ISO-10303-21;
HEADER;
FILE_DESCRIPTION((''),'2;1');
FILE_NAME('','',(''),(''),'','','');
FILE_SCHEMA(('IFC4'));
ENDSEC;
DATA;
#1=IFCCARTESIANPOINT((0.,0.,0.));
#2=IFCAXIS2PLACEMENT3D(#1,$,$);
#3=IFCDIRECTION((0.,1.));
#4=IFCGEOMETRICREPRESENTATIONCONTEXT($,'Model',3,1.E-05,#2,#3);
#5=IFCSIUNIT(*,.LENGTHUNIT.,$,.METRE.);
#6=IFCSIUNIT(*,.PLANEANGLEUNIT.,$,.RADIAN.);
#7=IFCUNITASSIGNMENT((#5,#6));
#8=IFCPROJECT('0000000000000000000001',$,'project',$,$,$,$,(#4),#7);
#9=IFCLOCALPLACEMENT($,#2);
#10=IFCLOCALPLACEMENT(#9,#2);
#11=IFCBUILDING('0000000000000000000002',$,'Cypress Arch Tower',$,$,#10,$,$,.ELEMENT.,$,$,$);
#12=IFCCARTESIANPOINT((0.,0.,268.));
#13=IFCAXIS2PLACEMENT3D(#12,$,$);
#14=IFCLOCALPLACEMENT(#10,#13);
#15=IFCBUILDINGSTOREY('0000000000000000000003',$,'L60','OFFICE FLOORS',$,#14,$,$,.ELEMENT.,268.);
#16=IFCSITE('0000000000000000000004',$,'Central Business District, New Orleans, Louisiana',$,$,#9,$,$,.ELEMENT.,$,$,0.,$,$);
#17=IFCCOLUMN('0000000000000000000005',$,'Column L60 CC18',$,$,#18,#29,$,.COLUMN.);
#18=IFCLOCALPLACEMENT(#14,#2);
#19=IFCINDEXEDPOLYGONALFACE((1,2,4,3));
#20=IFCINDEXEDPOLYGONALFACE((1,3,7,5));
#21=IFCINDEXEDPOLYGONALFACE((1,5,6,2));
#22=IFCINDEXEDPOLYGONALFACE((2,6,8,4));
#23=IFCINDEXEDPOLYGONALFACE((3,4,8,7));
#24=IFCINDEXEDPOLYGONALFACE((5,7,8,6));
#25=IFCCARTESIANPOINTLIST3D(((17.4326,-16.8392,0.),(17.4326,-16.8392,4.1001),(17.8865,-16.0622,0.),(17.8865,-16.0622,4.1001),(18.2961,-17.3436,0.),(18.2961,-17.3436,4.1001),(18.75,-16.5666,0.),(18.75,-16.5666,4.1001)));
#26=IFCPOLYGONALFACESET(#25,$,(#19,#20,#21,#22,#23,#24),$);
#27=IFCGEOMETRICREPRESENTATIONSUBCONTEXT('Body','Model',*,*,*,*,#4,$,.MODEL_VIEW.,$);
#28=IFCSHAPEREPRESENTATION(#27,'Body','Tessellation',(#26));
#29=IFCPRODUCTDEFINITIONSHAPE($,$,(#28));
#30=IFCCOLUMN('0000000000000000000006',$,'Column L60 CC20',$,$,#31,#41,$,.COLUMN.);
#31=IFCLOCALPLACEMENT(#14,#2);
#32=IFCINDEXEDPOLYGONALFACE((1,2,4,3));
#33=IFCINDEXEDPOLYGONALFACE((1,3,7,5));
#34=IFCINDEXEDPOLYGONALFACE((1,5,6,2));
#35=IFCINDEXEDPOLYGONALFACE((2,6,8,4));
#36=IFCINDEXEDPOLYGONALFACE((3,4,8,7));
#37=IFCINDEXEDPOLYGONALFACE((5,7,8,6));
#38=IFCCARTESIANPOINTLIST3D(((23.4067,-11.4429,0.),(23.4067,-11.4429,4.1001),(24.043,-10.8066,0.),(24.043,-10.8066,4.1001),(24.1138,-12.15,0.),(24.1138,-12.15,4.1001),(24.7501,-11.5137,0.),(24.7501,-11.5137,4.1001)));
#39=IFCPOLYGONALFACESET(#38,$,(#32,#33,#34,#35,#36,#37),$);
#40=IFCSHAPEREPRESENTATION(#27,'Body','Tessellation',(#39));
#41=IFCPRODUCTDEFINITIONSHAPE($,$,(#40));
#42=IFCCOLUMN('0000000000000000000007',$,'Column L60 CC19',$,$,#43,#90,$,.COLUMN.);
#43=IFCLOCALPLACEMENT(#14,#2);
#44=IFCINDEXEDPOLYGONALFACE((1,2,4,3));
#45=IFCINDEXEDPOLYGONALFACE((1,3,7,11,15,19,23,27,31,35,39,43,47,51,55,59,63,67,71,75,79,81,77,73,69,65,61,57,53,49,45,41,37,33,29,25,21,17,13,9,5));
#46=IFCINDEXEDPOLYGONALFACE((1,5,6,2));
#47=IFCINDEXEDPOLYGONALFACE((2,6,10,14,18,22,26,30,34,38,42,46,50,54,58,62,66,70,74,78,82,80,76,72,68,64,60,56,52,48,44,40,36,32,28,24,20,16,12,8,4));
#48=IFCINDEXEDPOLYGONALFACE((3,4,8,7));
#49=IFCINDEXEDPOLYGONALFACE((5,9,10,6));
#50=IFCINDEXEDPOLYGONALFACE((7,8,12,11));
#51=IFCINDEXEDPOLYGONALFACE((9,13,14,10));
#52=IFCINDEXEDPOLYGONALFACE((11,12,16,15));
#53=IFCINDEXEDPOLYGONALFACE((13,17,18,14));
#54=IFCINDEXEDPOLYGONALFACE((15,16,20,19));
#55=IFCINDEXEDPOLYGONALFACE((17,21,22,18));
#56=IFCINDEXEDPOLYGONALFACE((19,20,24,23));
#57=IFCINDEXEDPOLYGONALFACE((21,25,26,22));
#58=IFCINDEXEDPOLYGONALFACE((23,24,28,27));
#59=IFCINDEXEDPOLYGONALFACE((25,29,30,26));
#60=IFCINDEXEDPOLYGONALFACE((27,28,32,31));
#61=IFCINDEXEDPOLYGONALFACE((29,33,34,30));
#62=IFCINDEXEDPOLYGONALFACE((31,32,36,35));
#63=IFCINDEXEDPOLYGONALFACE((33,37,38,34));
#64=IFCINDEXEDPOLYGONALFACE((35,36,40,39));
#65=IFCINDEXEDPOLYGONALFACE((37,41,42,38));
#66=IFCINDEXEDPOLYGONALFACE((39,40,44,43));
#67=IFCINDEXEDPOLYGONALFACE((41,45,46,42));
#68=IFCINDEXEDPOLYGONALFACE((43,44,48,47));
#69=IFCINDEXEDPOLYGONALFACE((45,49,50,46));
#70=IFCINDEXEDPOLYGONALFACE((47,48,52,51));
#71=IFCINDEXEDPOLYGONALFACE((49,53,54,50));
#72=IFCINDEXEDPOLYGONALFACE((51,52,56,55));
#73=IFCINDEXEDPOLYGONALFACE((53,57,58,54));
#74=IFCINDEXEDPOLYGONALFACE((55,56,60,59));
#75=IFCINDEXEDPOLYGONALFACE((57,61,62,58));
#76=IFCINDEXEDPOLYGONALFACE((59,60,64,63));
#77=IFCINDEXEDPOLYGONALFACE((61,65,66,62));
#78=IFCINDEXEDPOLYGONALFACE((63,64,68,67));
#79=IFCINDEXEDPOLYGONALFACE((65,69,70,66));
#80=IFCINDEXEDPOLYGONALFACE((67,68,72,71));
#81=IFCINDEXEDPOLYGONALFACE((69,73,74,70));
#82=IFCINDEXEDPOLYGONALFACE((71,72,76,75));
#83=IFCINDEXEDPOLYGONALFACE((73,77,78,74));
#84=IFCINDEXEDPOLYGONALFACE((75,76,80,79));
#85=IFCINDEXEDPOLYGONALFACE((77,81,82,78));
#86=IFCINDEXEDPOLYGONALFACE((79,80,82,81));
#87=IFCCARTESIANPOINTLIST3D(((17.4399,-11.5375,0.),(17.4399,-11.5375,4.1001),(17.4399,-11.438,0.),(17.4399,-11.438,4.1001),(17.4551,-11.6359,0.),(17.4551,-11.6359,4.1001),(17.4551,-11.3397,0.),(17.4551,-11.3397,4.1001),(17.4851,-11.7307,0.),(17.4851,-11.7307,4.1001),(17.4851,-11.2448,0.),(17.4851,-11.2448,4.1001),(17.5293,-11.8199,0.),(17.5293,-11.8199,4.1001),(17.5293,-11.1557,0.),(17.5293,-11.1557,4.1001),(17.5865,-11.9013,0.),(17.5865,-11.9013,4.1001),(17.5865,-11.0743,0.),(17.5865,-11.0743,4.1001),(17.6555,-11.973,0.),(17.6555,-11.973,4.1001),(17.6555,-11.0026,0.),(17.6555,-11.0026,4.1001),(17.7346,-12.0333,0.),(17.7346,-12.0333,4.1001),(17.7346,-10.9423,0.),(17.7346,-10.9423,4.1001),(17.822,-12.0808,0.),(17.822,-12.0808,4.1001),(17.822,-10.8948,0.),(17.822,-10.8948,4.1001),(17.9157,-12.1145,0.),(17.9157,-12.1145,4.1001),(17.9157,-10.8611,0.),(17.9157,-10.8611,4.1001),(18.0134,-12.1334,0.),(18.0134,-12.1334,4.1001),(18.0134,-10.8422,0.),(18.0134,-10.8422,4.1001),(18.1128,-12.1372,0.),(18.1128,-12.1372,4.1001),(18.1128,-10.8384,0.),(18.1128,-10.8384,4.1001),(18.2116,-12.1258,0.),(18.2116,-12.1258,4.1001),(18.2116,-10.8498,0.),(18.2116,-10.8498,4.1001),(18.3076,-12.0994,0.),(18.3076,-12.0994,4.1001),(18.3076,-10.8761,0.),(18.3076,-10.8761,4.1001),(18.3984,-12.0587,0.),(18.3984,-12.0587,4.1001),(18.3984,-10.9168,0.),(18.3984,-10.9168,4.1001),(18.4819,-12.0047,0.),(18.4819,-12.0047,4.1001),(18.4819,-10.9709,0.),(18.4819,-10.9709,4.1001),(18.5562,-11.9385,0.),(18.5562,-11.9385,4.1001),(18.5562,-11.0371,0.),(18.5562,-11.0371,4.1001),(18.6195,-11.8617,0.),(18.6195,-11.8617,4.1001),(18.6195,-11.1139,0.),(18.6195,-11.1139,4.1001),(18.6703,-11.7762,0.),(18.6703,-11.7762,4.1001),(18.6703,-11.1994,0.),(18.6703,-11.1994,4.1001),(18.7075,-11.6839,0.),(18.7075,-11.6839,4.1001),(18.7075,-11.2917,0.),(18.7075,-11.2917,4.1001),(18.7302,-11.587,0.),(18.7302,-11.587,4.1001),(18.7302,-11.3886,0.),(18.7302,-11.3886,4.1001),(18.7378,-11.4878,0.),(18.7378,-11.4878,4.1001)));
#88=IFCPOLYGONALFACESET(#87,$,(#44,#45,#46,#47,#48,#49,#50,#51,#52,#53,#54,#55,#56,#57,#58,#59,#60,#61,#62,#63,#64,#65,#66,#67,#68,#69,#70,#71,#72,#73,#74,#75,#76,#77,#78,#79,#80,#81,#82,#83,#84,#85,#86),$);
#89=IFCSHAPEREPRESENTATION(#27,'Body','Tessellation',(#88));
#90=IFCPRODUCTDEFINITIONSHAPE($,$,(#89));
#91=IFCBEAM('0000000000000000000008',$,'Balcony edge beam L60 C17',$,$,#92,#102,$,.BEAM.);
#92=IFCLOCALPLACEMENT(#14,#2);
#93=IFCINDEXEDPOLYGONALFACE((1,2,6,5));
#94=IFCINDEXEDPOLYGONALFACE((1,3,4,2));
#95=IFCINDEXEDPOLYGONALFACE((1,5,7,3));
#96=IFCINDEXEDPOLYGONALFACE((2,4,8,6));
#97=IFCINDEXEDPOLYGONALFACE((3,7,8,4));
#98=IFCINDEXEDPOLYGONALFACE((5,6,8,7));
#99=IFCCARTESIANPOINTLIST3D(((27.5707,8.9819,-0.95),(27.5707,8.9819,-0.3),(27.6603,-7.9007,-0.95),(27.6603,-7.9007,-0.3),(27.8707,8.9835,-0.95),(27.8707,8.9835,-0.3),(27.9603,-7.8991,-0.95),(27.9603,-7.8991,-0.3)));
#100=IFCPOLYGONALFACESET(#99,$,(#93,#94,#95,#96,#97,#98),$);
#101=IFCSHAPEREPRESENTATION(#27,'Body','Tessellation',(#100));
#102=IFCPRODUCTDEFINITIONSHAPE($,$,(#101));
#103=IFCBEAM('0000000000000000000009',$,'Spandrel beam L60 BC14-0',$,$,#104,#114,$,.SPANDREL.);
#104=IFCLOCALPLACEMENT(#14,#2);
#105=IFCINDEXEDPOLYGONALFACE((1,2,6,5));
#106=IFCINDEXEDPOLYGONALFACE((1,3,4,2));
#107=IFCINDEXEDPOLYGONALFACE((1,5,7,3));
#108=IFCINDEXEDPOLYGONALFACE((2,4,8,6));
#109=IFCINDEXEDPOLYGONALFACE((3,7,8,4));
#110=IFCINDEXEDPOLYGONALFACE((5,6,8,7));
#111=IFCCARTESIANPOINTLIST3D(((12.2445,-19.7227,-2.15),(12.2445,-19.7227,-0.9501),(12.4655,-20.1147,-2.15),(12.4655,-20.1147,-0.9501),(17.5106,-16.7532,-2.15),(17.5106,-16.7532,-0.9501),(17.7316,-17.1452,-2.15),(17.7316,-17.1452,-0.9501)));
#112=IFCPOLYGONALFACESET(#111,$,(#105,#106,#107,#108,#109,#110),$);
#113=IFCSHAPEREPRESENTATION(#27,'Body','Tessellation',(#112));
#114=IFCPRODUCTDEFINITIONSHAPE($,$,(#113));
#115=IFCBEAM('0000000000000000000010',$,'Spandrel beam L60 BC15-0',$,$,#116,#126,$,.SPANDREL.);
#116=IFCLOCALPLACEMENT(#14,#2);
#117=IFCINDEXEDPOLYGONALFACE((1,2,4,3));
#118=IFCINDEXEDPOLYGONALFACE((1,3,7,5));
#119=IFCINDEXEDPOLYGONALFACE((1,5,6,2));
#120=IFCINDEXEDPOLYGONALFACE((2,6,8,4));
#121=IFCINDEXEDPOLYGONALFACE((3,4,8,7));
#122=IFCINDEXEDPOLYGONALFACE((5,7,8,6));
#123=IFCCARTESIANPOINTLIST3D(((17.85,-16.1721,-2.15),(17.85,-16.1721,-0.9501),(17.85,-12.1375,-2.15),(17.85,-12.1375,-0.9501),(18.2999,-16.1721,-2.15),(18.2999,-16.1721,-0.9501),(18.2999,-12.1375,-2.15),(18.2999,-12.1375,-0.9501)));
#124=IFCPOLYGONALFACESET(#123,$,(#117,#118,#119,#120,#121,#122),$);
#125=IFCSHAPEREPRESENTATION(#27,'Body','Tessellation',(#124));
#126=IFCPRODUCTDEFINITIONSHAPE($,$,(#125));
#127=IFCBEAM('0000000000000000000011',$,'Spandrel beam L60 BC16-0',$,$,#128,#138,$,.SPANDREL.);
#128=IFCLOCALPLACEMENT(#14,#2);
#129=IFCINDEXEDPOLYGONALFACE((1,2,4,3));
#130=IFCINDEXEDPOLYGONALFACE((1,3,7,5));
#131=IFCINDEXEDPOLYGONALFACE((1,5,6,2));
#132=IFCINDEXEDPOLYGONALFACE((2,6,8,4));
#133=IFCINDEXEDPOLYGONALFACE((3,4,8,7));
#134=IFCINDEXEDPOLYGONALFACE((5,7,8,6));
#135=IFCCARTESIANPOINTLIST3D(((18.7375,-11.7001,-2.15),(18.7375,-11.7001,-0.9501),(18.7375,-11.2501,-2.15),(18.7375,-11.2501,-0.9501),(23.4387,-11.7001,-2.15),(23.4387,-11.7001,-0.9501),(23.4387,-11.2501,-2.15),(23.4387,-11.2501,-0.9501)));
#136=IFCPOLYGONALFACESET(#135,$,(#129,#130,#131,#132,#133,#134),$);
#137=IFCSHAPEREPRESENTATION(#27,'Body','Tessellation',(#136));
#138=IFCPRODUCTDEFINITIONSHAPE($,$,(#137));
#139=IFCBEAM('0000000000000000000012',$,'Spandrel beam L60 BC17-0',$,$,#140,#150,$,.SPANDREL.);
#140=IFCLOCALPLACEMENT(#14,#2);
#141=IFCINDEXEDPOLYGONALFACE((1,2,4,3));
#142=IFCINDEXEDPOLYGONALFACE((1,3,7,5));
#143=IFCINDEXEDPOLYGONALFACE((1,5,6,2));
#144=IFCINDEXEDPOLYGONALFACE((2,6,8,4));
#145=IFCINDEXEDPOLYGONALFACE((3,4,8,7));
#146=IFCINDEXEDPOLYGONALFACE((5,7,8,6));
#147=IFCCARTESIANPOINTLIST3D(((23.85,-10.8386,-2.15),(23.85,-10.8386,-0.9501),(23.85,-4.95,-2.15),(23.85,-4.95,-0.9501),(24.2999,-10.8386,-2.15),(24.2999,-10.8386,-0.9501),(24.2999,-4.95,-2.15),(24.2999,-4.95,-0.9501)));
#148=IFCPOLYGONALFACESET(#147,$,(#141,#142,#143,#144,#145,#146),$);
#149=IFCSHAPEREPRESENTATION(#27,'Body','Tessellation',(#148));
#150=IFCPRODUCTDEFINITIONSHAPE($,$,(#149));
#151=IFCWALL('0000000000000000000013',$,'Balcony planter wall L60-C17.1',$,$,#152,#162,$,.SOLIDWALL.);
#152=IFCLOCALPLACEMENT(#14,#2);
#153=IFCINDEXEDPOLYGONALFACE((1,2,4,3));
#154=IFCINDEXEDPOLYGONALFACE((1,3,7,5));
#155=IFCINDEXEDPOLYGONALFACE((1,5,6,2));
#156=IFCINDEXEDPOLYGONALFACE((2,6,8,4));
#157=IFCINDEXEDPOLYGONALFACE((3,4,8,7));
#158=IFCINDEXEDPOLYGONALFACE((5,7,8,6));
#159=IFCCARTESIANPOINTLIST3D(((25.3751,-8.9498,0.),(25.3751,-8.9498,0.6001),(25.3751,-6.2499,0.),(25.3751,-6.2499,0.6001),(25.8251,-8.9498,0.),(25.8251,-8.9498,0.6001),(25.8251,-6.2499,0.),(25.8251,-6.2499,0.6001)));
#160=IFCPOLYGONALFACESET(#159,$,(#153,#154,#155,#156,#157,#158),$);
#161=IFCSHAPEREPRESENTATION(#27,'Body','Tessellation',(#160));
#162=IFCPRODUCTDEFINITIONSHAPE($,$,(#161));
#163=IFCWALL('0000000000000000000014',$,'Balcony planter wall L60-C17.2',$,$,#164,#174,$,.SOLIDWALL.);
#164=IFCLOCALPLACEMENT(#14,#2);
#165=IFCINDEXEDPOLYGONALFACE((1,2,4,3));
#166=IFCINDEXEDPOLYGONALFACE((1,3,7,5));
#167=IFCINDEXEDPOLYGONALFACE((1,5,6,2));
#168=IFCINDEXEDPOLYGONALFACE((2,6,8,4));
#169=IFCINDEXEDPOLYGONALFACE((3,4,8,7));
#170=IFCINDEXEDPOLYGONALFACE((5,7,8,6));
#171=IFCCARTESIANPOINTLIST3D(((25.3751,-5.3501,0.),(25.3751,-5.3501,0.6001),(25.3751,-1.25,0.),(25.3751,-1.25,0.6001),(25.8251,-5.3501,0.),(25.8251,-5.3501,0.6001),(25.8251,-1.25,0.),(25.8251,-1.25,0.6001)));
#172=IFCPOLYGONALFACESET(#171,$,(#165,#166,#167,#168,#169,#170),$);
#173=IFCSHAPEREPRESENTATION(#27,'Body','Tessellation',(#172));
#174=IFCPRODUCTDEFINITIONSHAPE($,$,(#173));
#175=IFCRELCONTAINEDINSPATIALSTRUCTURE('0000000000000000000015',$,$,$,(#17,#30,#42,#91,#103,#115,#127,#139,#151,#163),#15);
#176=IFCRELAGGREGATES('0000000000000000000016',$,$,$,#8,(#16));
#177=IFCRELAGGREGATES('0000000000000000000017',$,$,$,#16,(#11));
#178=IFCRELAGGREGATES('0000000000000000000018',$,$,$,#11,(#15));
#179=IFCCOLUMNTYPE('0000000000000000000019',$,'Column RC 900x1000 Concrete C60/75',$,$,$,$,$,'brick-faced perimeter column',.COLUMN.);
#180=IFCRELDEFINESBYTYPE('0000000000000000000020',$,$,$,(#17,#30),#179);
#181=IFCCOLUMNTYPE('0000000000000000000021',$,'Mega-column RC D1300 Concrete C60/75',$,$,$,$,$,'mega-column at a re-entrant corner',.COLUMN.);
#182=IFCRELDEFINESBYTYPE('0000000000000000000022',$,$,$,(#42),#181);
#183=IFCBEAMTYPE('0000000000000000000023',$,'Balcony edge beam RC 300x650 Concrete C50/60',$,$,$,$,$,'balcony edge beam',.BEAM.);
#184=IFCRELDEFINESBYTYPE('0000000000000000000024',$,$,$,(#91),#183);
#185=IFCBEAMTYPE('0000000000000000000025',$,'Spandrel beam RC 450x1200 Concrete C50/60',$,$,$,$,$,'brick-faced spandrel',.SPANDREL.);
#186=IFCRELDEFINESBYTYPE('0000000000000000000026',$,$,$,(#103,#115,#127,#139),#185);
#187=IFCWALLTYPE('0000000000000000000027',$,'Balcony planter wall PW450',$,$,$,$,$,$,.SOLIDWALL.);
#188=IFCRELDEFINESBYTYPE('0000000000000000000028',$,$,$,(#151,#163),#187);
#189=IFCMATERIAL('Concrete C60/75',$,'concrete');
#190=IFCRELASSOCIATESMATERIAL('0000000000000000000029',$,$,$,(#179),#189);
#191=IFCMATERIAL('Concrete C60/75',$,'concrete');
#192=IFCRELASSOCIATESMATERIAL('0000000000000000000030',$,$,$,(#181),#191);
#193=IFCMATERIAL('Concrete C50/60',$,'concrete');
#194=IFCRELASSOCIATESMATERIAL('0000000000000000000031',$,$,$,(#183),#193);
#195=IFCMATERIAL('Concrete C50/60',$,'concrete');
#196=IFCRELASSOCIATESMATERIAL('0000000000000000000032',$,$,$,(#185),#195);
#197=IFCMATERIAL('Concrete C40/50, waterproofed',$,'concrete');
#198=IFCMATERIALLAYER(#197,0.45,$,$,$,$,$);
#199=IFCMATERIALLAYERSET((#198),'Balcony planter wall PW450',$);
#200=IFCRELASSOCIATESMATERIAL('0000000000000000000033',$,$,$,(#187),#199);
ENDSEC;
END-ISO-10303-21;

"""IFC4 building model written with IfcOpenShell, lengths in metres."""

from ifc_helpers import new_model, si_unit, direction, frame, frame_2d, origin, origin_2d, place, context, subcontext, project, spatial, rectangle, circle, extrude, material, layer, layer_set, material_profile, profile_set, type_object, element, save


model = new_model("IFC4")

# Units and contexts
model_context = context("Model", 3, precision=1e-05, world=origin(), true_north=direction((0.0, 1.0)))
body_context = subcontext(model_context, "Body", "Model", "MODEL_VIEW")
ifc_project = project(units=[si_unit("LENGTHUNIT", "METRE"), si_unit("PLANEANGLEUNIT", "RADIAN")], contexts=[model_context])

# Site, building, storey
site_placement = place(None, origin())
site = spatial("IfcSite", under=ifc_project, at=site_placement, Name="Central Business District, New Orleans, Louisiana", CompositionType="ELEMENT", RefElevation=0.0)
building_placement = place(site_placement, origin())
building = spatial("IfcBuilding", under=site, at=building_placement, Name="Cypress Arch Tower", CompositionType="ELEMENT")
storey_placement = place(building_placement, frame((0.0, 0.0, 268.0)))
storey = spatial("IfcBuildingStorey", under=building, at=storey_placement, Name="L60", Description="OFFICE FLOORS", CompositionType="ELEMENT", Elevation=268.0)

# Columns
ifc_material_1 = material(Name="Concrete C60/75", Category="concrete")
ifc_material_profile_1 = material_profile(ifc_material_1, rectangle(XDim=0.8999, YDim=1.0, at=origin_2d()), Name="RC 900x1000")
ifc_profile_set_1 = profile_set([ifc_material_profile_1], Name="Concrete C60/75")
column_type_1 = type_object("IfcColumnType", Name="Column RC 900x1000 Concrete C60/75", ElementType="brick-faced perimeter column", PredefinedType="COLUMN", material=ifc_profile_set_1)
for number, where, z_axis, x_axis, name in (
    (1, (18.0913, -16.7029, 0.0), (0.0, 0.0, 1.0), (0.504399, 0.863471, 0.0), "Column L60 CC18"),
    (2, (24.0784, -11.4783, 0.0), (0.0, 0.0, 1.0), (0.707107, 0.707107, 0.0), "Column L60 CC20"),
):
    element("IfcColumn", number, at=place(storey_placement, frame(where, z_axis=z_axis, x_axis=x_axis)), inside=storey, type_object=column_type_1, Name=name, PredefinedType="COLUMN", context=body_context, shape_type="SweptSolid", body=[
        extrude(rectangle(XDim=0.8999, YDim=1.0, at=origin_2d()), origin(), (0.0, 0.0, 1.0), 4.1001),
    ])
ifc_material_2 = material(Name="Concrete C60/75", Category="concrete")
ifc_material_profile_2 = material_profile(ifc_material_2, circle(Radius=0.6499, at=origin_2d()), Name="RC D1300")
ifc_profile_set_2 = profile_set([ifc_material_profile_2], Name="Concrete C60/75")
column_type_2 = type_object("IfcColumnType", Name="Mega-column RC D1300 Concrete C60/75", ElementType="mega-column at a re-entrant corner", PredefinedType="COLUMN", material=ifc_profile_set_2)
column_placement = place(storey_placement, frame((18.0879, -11.4878, 0.0), z_axis=(0.0, 0.0, 1.0), x_axis=(1.0, 0.0, 0.0)))
element("IfcColumn", 3, at=column_placement, inside=storey, type_object=column_type_2, Name="Column L60 CC19", PredefinedType="COLUMN", context=body_context, shape_type="SweptSolid", body=[
    extrude(circle(Radius=0.6499, at=origin_2d()), origin(), (0.0, 0.0, 1.0), 4.1001),
])

# Beams
ifc_material_3 = material(Name="Concrete C50/60", Category="concrete")
ifc_material_profile_3 = material_profile(ifc_material_3, rectangle(XDim=0.3, YDim=0.6499, at=origin_2d()), Name="RC 300x650")
ifc_profile_set_3 = profile_set([ifc_material_profile_3], Name="Concrete C50/60")
beam_type_1 = type_object("IfcBeamType", Name="Balcony edge beam RC 300x650 Concrete C50/60", ElementType="balcony edge beam", PredefinedType="BEAM", material=ifc_profile_set_3)
beam_1_placement = place(storey_placement, frame((27.8103, -7.8999, -0.625), z_axis=(-0.005307, 0.999986, 0.0), x_axis=(-0.999986, -0.005307, 0.0)))
element("IfcBeam", 4, at=beam_1_placement, inside=storey, type_object=beam_type_1, Name="Balcony edge beam L60 C17", PredefinedType="BEAM", context=body_context, shape_type="SweptSolid", body=[
    extrude(rectangle(XDim=0.3, YDim=0.6499, at=origin_2d()), origin(), (0.0, 0.0, 1.0), 16.8828),
])
ifc_material_4 = material(Name="Concrete C50/60", Category="concrete")
ifc_material_profile_4 = material_profile(ifc_material_4, rectangle(XDim=0.45, YDim=1.2, at=origin_2d()), Name="RC 450x1200")
ifc_profile_set_4 = profile_set([ifc_material_profile_4], Name="Concrete C50/60")
beam_type_2 = type_object("IfcBeamType", Name="Spandrel beam RC 450x1200 Concrete C50/60", ElementType="brick-faced spandrel", PredefinedType="SPANDREL", material=ifc_profile_set_4)
beam_2_placement = place(storey_placement, frame((12.355, -19.9187, -1.55), z_axis=(0.87106, 0.491177, 0.0), x_axis=(-0.491177, 0.87106, 0.0)))
element("IfcBeam", 5, at=beam_2_placement, inside=storey, type_object=beam_type_2, Name="Spandrel beam L60 BC14-0", PredefinedType="SPANDREL", context=body_context, shape_type="SweptSolid", body=[
    extrude(rectangle(XDim=0.45, YDim=1.2, at=origin_2d()), origin(), (0.0, 0.0, 1.0), 6.0457),
])
beam_3_placement = place(storey_placement, frame((18.075, -16.1721, -1.55), z_axis=(0.0, 1.0, 0.0), x_axis=(-1.0, 0.0, 0.0)))
element("IfcBeam", 6, at=beam_3_placement, inside=storey, type_object=beam_type_2, Name="Spandrel beam L60 BC15-0", PredefinedType="SPANDREL", context=body_context, shape_type="SweptSolid", body=[
    extrude(rectangle(XDim=0.45, YDim=1.2, at=origin_2d()), origin(), (0.0, 0.0, 1.0), 4.0347),
])
beam_4_placement = place(storey_placement, frame((18.7375, -11.4751, -1.55), z_axis=(1.0, 0.0, 0.0), x_axis=(0.0, 1.0, 0.0)))
element("IfcBeam", 7, at=beam_4_placement, inside=storey, type_object=beam_type_2, Name="Spandrel beam L60 BC16-0", PredefinedType="SPANDREL", context=body_context, shape_type="SweptSolid", body=[
    extrude(rectangle(XDim=0.45, YDim=1.2, at=origin_2d()), origin(), (0.0, 0.0, 1.0), 4.7012),
])
beam_5_placement = place(storey_placement, frame((24.075, -10.8386, -1.55), z_axis=(0.0, 1.0, 0.0), x_axis=(-1.0, 0.0, 0.0)))
element("IfcBeam", 8, at=beam_5_placement, inside=storey, type_object=beam_type_2, Name="Spandrel beam L60 BC17-0", PredefinedType="SPANDREL", context=body_context, shape_type="SweptSolid", body=[
    extrude(rectangle(XDim=0.45, YDim=1.2, at=origin_2d()), origin(), (0.0, 0.0, 1.0), 5.8887),
])

# Walls
ifc_material_5 = material(Name="Concrete C40/50, waterproofed", Category="concrete")
ifc_layer_1 = layer(ifc_material_5, 0.45)
ifc_layer_set_1 = layer_set([ifc_layer_1], Name="Balcony planter wall PW450")
wall_type_1 = type_object("IfcWallType", Name="Balcony planter wall PW450", PredefinedType="SOLIDWALL", material=ifc_layer_set_1)
wall_1_placement = place(storey_placement, frame((25.6001, -8.95, 0.0), z_axis=(0.0, 0.0, 1.0), x_axis=(0.0, 1.0, 0.0)))
element("IfcWall", 9, at=wall_1_placement, inside=storey, type_object=wall_type_1, Name="Balcony planter wall L60-C17.1", PredefinedType="SOLIDWALL", context=body_context, shape_type="SweptSolid", body=[
    extrude(rectangle(XDim=2.7, YDim=0.45, at=frame_2d((1.3501, 0.0))), origin(), (0.0, 0.0, 1.0), 0.6001),
])
wall_2_placement = place(storey_placement, frame((25.6001, -5.3501, 0.0), z_axis=(0.0, 0.0, 1.0), x_axis=(0.0, 1.0, 0.0)))
element("IfcWall", 10, at=wall_2_placement, inside=storey, type_object=wall_type_1, Name="Balcony planter wall L60-C17.2", PredefinedType="SOLIDWALL", context=body_context, shape_type="SweptSolid", body=[
    extrude(rectangle(XDim=4.1001, YDim=0.45, at=frame_2d((2.05, 0.0))), origin(), (0.0, 0.0, 1.0), 0.6001),
])

save(model, "model.ifc")
